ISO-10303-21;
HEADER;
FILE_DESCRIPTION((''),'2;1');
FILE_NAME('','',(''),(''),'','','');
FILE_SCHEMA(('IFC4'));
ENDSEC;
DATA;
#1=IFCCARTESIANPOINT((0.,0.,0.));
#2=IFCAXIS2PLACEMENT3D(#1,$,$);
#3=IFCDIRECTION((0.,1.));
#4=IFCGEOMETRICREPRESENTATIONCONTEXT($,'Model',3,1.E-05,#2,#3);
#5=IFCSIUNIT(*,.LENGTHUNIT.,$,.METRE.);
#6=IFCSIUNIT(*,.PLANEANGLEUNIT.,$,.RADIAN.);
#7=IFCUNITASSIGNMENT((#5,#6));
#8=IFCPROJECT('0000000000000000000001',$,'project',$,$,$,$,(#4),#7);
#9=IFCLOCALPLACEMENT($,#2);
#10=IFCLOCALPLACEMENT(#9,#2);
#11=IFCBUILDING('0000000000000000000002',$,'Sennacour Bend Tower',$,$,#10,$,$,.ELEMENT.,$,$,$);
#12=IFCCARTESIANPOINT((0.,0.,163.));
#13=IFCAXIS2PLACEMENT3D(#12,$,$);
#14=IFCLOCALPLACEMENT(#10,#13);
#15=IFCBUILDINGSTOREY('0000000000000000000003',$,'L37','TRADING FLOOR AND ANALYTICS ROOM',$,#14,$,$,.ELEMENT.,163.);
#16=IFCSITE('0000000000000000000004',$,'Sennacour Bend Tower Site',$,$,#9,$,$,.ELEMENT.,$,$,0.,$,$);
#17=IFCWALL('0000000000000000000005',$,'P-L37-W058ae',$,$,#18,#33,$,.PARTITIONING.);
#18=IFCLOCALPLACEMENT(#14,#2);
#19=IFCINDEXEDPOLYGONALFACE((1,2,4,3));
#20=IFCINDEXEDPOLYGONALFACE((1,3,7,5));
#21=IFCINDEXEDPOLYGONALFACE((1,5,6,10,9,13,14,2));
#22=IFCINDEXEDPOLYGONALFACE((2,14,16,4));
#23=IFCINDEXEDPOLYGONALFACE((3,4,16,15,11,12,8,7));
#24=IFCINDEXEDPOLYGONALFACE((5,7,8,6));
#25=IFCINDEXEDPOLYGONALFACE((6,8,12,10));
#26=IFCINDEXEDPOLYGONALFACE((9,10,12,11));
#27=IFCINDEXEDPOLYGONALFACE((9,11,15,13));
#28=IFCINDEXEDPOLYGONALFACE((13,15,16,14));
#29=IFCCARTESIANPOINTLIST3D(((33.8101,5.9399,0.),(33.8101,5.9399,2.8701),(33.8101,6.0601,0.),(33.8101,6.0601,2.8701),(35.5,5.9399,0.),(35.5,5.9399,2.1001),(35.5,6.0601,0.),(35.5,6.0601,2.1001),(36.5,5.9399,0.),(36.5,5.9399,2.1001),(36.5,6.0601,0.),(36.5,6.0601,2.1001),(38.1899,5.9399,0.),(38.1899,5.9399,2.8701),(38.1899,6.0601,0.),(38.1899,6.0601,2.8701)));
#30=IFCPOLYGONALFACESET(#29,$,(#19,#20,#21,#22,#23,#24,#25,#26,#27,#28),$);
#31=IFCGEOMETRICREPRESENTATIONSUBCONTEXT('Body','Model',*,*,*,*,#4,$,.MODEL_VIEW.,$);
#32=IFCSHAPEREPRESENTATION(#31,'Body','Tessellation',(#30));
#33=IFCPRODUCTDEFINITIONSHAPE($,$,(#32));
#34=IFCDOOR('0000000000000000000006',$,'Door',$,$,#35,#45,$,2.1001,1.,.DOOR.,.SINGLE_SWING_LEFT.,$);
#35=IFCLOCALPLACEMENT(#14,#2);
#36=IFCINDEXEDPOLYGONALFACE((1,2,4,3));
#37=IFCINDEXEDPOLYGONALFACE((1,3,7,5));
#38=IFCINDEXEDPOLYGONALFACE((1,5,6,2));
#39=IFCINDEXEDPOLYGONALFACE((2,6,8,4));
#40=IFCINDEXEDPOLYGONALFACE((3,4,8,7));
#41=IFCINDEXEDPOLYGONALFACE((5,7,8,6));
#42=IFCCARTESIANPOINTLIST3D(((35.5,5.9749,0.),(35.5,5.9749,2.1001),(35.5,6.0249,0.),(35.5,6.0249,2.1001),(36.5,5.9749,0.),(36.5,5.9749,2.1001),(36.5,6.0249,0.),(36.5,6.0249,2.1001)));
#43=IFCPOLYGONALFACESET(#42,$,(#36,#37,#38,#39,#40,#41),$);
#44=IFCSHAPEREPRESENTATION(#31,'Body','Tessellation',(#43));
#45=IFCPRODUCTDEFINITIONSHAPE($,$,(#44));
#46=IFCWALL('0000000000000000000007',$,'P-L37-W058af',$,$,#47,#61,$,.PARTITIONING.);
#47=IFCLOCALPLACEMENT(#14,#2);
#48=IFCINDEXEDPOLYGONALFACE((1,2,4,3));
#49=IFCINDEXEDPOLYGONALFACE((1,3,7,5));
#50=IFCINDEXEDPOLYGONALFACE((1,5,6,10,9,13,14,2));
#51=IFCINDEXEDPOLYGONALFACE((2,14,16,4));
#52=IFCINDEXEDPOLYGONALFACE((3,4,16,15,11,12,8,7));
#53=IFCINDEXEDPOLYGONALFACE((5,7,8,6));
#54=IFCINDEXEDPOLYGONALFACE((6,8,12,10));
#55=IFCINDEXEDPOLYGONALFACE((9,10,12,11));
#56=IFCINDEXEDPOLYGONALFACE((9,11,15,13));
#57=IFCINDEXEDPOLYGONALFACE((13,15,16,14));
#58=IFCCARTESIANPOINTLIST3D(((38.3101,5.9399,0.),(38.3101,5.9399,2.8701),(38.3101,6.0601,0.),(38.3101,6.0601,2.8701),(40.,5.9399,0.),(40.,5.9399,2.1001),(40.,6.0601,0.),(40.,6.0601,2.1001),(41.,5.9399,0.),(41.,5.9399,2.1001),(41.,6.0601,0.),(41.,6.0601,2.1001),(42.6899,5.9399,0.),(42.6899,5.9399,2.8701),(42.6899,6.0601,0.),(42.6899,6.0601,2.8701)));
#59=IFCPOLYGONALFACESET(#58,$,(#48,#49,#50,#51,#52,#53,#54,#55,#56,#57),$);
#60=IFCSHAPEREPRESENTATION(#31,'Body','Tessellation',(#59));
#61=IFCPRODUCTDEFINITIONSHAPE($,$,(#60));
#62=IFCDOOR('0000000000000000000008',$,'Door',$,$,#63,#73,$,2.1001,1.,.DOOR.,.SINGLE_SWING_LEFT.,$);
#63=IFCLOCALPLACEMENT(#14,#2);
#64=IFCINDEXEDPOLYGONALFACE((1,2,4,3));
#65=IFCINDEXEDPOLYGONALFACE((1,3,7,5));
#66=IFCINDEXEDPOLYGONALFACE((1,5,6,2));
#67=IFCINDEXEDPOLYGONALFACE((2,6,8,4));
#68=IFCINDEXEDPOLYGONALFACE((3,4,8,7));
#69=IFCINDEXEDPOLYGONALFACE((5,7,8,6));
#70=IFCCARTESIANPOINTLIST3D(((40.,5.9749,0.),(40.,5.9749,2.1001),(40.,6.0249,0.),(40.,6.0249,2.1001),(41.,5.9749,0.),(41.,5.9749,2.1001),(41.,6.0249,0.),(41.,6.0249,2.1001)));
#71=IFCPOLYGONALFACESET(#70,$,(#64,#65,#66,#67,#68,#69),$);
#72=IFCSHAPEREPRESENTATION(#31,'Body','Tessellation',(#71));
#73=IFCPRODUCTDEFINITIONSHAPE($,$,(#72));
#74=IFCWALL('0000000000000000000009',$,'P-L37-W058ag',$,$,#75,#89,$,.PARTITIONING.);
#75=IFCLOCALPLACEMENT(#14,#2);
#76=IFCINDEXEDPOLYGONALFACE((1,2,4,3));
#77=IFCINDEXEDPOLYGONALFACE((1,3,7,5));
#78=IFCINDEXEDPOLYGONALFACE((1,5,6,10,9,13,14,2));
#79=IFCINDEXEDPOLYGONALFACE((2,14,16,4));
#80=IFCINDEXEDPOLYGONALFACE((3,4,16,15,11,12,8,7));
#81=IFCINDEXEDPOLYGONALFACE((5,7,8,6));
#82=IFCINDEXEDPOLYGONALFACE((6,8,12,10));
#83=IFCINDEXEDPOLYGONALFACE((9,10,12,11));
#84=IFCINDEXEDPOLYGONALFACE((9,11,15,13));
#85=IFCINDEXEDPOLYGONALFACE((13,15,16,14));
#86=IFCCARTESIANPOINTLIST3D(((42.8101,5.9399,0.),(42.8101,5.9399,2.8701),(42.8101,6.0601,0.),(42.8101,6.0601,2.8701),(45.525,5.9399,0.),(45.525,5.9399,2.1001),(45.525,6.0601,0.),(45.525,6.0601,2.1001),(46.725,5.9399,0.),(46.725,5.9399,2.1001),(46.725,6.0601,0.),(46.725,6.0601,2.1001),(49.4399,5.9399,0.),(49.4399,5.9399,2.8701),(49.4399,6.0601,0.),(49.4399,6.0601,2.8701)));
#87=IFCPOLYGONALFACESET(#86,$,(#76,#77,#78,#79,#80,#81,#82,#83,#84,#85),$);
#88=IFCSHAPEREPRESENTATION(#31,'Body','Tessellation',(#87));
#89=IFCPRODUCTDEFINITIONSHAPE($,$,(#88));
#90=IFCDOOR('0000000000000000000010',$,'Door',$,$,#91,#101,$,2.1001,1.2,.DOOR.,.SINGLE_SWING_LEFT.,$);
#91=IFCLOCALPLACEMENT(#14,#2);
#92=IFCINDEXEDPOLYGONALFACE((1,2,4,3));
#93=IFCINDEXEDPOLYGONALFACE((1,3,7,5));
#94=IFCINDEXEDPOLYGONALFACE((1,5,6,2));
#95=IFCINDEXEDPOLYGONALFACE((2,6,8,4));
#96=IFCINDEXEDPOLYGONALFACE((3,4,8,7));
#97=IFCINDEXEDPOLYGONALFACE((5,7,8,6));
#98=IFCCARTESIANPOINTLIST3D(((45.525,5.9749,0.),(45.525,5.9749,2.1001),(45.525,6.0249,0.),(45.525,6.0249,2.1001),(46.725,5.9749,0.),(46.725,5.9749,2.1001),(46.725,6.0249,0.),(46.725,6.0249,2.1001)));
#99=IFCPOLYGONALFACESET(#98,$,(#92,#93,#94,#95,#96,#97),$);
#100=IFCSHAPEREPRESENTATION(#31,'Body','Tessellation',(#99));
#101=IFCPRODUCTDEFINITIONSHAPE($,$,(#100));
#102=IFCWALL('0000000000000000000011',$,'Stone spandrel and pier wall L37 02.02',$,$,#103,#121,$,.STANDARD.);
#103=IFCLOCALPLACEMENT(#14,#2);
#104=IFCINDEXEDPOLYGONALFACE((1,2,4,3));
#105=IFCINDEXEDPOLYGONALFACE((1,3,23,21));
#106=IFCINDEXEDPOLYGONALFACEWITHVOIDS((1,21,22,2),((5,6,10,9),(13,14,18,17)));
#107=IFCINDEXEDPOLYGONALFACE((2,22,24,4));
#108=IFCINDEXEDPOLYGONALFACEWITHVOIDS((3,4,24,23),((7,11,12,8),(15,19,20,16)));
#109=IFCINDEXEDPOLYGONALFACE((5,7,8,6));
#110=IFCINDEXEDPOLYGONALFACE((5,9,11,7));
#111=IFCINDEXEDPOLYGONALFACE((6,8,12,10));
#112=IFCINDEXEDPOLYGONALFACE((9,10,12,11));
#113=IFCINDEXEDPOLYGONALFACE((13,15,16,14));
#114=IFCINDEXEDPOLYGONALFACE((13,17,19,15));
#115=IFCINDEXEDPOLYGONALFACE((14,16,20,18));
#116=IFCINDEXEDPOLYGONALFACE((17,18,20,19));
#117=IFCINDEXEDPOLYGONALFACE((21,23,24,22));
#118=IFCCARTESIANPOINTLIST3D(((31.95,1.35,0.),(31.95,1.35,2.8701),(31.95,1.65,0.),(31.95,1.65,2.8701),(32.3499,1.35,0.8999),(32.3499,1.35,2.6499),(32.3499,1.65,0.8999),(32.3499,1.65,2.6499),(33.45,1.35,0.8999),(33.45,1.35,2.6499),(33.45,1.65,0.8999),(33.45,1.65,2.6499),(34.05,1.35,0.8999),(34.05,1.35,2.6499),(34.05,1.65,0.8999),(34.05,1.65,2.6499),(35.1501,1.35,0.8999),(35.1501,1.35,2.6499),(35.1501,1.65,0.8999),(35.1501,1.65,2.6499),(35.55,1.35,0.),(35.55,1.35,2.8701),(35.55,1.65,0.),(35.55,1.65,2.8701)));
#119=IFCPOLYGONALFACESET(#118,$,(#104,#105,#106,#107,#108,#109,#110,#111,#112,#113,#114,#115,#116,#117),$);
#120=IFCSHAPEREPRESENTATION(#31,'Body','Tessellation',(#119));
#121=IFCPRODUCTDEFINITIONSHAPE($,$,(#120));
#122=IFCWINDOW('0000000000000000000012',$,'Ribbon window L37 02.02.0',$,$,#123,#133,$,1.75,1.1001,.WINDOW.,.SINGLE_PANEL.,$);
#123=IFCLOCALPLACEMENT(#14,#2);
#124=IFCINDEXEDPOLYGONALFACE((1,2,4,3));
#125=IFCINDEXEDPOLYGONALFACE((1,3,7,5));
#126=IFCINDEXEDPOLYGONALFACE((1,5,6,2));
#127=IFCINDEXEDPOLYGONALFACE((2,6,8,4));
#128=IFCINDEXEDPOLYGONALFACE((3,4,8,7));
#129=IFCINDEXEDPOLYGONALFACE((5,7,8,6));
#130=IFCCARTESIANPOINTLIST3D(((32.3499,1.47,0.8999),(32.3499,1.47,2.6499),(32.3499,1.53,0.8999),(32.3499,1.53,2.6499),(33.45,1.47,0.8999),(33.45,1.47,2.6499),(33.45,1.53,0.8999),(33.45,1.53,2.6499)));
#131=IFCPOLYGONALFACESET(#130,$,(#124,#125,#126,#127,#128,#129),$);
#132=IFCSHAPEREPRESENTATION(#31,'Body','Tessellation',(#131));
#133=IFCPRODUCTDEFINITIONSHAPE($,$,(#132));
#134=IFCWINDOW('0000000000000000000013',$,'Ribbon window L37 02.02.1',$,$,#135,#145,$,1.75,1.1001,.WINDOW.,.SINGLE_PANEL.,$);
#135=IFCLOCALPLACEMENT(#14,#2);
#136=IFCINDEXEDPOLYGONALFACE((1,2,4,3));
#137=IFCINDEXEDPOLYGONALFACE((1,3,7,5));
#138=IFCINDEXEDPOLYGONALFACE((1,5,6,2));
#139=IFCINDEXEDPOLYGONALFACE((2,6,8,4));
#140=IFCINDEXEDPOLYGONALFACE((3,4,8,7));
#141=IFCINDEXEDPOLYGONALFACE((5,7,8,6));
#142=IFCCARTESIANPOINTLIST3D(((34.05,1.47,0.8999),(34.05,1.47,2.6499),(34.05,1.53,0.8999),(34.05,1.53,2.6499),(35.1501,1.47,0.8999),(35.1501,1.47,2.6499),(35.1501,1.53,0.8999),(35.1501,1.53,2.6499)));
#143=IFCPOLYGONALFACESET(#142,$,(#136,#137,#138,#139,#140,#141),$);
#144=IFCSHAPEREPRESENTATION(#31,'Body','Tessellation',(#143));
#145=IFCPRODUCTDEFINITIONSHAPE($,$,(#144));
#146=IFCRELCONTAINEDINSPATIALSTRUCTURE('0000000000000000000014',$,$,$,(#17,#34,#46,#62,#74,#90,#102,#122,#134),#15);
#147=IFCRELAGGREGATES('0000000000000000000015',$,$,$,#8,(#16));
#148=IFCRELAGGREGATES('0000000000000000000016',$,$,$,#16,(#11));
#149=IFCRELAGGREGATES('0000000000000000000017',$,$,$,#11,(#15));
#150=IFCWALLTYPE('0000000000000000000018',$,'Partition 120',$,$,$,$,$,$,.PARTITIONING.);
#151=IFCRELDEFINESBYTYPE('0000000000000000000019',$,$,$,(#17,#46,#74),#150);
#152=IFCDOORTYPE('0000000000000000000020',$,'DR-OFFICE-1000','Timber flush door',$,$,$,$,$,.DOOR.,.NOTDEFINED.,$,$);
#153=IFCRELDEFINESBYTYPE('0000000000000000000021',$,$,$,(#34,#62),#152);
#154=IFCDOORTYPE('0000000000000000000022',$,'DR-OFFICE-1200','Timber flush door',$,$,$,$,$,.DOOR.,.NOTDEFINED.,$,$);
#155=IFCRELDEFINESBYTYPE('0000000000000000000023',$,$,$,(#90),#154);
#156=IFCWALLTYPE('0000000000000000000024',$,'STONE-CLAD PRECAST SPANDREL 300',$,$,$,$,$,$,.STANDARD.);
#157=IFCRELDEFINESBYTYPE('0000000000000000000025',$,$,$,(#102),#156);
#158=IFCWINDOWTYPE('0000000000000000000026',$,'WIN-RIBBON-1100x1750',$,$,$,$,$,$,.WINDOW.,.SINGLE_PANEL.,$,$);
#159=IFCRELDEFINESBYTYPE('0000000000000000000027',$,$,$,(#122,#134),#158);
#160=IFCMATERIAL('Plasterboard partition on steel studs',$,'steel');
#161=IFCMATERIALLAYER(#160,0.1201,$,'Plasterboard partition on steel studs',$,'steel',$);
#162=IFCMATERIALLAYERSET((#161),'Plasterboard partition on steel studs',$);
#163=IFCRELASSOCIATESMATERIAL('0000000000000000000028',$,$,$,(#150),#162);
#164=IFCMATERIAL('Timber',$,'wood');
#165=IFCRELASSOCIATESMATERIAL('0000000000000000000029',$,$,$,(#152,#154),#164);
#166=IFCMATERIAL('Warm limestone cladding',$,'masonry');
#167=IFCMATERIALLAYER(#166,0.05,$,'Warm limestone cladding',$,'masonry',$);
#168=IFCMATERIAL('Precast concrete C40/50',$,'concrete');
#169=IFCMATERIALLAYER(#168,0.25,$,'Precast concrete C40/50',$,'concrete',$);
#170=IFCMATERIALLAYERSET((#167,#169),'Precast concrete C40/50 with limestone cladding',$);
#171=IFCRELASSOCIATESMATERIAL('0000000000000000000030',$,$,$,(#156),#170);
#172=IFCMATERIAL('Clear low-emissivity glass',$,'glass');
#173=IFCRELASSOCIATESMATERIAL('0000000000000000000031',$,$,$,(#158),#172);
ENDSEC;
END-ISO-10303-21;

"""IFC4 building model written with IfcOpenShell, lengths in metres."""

from ifc_helpers import new_model, si_unit, direction, frame, frame_2d, origin, place, context, subcontext, project, spatial, rectangle, extrude, material, layer, layer_set, type_object, element, fill, save


model = new_model("IFC4")

# Units and contexts
model_context = context("Model", 3, precision=1e-05, world=origin(), true_north=direction((0.0, 1.0)))
body_context = subcontext(model_context, "Body", "Model", "MODEL_VIEW")
ifc_project = project(units=[si_unit("LENGTHUNIT", "METRE"), si_unit("PLANEANGLEUNIT", "RADIAN")], contexts=[model_context])

# Site, building, storey
site_placement = place(None, origin())
site = spatial("IfcSite", under=ifc_project, at=site_placement, Name="Sennacour Bend Tower Site", CompositionType="ELEMENT", RefElevation=0.0)
building_placement = place(site_placement, origin())
building = spatial("IfcBuilding", under=site, at=building_placement, Name="Sennacour Bend Tower", CompositionType="ELEMENT")
storey_placement = place(building_placement, frame((0.0, 0.0, 163.0)))
storey = spatial("IfcBuildingStorey", under=building, at=storey_placement, Name="L37", Description="TRADING FLOOR AND ANALYTICS ROOM", CompositionType="ELEMENT", Elevation=163.0)

# Shared definitions
ifc_material_1 = material(Name="Plasterboard partition on steel studs", Category="steel")
ifc_layer_1 = layer(ifc_material_1, 0.1201, Name="Plasterboard partition on steel studs", Category="steel")
ifc_layer_set_1 = layer_set([ifc_layer_1], Name="Plasterboard partition on steel studs")
wall_type_1 = type_object("IfcWallType", Name="Partition 120", PredefinedType="PARTITIONING", material=ifc_layer_set_1)

# Walls, openings, doors
wall_1_placement = place(storey_placement, frame((33.8101, 6.0, 0.0), z_axis=(0.0, 0.0, 1.0), x_axis=(1.0, 0.0, 0.0)))
wall_1 = element("IfcWall", 1, at=wall_1_placement, inside=storey, type_object=wall_type_1, Name="P-L37-W058ae", PredefinedType="PARTITIONING", context=body_context, shape_type="SweptSolid", body=[
    extrude(rectangle(XDim=4.3799, YDim=0.1201, at=frame_2d((2.1899, 0.0))), origin(), (0.0, 0.0, 1.0), 2.8701),
])
opening_1_placement = place(wall_1_placement, frame((1.6899, 0.0, 0.0)))
opening_1 = element("IfcOpeningElement", 2, at=opening_1_placement, cuts=wall_1, PredefinedType="OPENING", context=body_context, shape_type="SweptSolid", body=[
    extrude(rectangle(XDim=1.0, YDim=2.1001, at=frame_2d((0.5, 1.05))), frame((0.0, 0.0701, 0.0), z_axis=(0.0, -1.0, 0.0), x_axis=(1.0, 0.0, 0.0)), (0.0, 0.0, 1.0), 0.1401),
])
ifc_material_2 = material(Name="Timber", Category="wood")
door_type_1 = type_object("IfcDoorType", Name="DR-OFFICE-1000", Description="Timber flush door", OperationType="NOTDEFINED", PredefinedType="DOOR", material=ifc_material_2)
door_1_placement = place(opening_1_placement, origin())
door_1 = element("IfcDoor", 3, at=door_1_placement, inside=storey, type_object=door_type_1, Name="Door", OperationType="SINGLE_SWING_LEFT", OverallHeight=2.1001, OverallWidth=1.0, PredefinedType="DOOR", context=body_context, shape_type="SweptSolid", body=[
    extrude(rectangle(XDim=1.0, YDim=2.1001, at=frame_2d((0.5, 1.05))), frame((0.0, 0.0249, 0.0), z_axis=(0.0, -1.0, 0.0), x_axis=(1.0, 0.0, 0.0)), (0.0, 0.0, 1.0), 0.05),
])
fill(opening_1, door_1)
wall_2_placement = place(storey_placement, frame((38.3101, 6.0, 0.0), z_axis=(0.0, 0.0, 1.0), x_axis=(1.0, 0.0, 0.0)))
wall_2 = element("IfcWall", 4, at=wall_2_placement, inside=storey, type_object=wall_type_1, Name="P-L37-W058af", PredefinedType="PARTITIONING", context=body_context, shape_type="SweptSolid", body=[
    extrude(rectangle(XDim=4.3799, YDim=0.1201, at=frame_2d((2.1899, 0.0))), origin(), (0.0, 0.0, 1.0), 2.8701),
])
opening_2_placement = place(wall_2_placement, frame((1.6899, 0.0, 0.0)))
opening_2 = element("IfcOpeningElement", 5, at=opening_2_placement, cuts=wall_2, PredefinedType="OPENING", context=body_context, shape_type="SweptSolid", body=[
    extrude(rectangle(XDim=1.0, YDim=2.1001, at=frame_2d((0.5, 1.05))), frame((0.0, 0.0701, 0.0), z_axis=(0.0, -1.0, 0.0), x_axis=(1.0, 0.0, 0.0)), (0.0, 0.0, 1.0), 0.1401),
])
door_2_placement = place(opening_2_placement, origin())
door_2 = element("IfcDoor", 6, at=door_2_placement, inside=storey, type_object=door_type_1, Name="Door", OperationType="SINGLE_SWING_LEFT", OverallHeight=2.1001, OverallWidth=1.0, PredefinedType="DOOR", context=body_context, shape_type="SweptSolid", body=[
    extrude(rectangle(XDim=1.0, YDim=2.1001, at=frame_2d((0.5, 1.05))), frame((0.0, 0.0249, 0.0), z_axis=(0.0, -1.0, 0.0), x_axis=(1.0, 0.0, 0.0)), (0.0, 0.0, 1.0), 0.05),
])
fill(opening_2, door_2)
wall_3_placement = place(storey_placement, frame((42.8101, 6.0, 0.0), z_axis=(0.0, 0.0, 1.0), x_axis=(1.0, 0.0, 0.0)))
wall_3 = element("IfcWall", 7, at=wall_3_placement, inside=storey, type_object=wall_type_1, Name="P-L37-W058ag", PredefinedType="PARTITIONING", context=body_context, shape_type="SweptSolid", body=[
    extrude(rectangle(XDim=6.6299, YDim=0.1201, at=frame_2d((3.3149, 0.0))), origin(), (0.0, 0.0, 1.0), 2.8701),
])
opening_3_placement = place(wall_3_placement, frame((2.7148, 0.0, 0.0)))
opening_3 = element("IfcOpeningElement", 8, at=opening_3_placement, cuts=wall_3, PredefinedType="OPENING", context=body_context, shape_type="SweptSolid", body=[
    extrude(rectangle(XDim=1.2, YDim=2.1001, at=frame_2d((0.6001, 1.05))), frame((0.0, 0.0701, 0.0), z_axis=(0.0, -1.0, 0.0), x_axis=(1.0, 0.0, 0.0)), (0.0, 0.0, 1.0), 0.1401),
])
door_type_2 = type_object("IfcDoorType", Name="DR-OFFICE-1200", Description="Timber flush door", OperationType="NOTDEFINED", PredefinedType="DOOR", material=ifc_material_2)
door_3_placement = place(opening_3_placement, origin())
door_3 = element("IfcDoor", 9, at=door_3_placement, inside=storey, type_object=door_type_2, Name="Door", OperationType="SINGLE_SWING_LEFT", OverallHeight=2.1001, OverallWidth=1.2, PredefinedType="DOOR", context=body_context, shape_type="SweptSolid", body=[
    extrude(rectangle(XDim=1.2, YDim=2.1001, at=frame_2d((0.6001, 1.05))), frame((0.0, 0.0249, 0.0), z_axis=(0.0, -1.0, 0.0), x_axis=(1.0, 0.0, 0.0)), (0.0, 0.0, 1.0), 0.05),
])
fill(opening_3, door_3)

# Wall, openings, windows
ifc_material_3 = material(Name="Warm limestone cladding", Category="masonry")
ifc_layer_2 = layer(ifc_material_3, 0.05, Name="Warm limestone cladding", Category="masonry")
ifc_material_4 = material(Name="Precast concrete C40/50", Category="concrete")
ifc_layer_3 = layer(ifc_material_4, 0.25, Name="Precast concrete C40/50", Category="concrete")
ifc_layer_set_2 = layer_set([ifc_layer_2, ifc_layer_3], Name="Precast concrete C40/50 with limestone cladding")
wall_type_2 = type_object("IfcWallType", Name="STONE-CLAD PRECAST SPANDREL 300", PredefinedType="STANDARD", material=ifc_layer_set_2)
wall_4_placement = place(storey_placement, frame((31.95, 1.5, 0.0), z_axis=(0.0, 0.0, 1.0), x_axis=(1.0, 0.0, 0.0)))
wall_4 = element("IfcWall", 10, at=wall_4_placement, inside=storey, type_object=wall_type_2, Name="Stone spandrel and pier wall L37 02.02", PredefinedType="STANDARD", context=body_context, shape_type="SweptSolid", body=[
    extrude(rectangle(XDim=3.6001, YDim=0.3, at=frame_2d((1.8, 0.0))), origin(), (0.0, 0.0, 1.0), 2.8701),
])
opening_4_placement = place(wall_4_placement, frame((0.3999, 0.0, 0.8999)))
opening_4 = element("IfcOpeningElement", 11, at=opening_4_placement, cuts=wall_4, PredefinedType="OPENING", context=body_context, shape_type="SweptSolid", body=[
    extrude(rectangle(XDim=1.1001, YDim=1.75, at=frame_2d((0.55, 0.875))), frame((0.0, 0.1602, 0.0), z_axis=(0.0, -1.0, 0.0), x_axis=(1.0, 0.0, 0.0)), (0.0, 0.0, 1.0), 0.3201),
])
opening_5_placement = place(wall_4_placement, frame((2.1001, 0.0, 0.8999)))
opening_5 = element("IfcOpeningElement", 12, at=opening_5_placement, cuts=wall_4, PredefinedType="OPENING", context=body_context, shape_type="SweptSolid", body=[
    extrude(rectangle(XDim=1.1001, YDim=1.75, at=frame_2d((0.55, 0.875))), frame((0.0, 0.1602, 0.0), z_axis=(0.0, -1.0, 0.0), x_axis=(1.0, 0.0, 0.0)), (0.0, 0.0, 1.0), 0.3201),
])
ifc_material_5 = material(Name="Clear low-emissivity glass", Category="glass")
window_type = type_object("IfcWindowType", Name="WIN-RIBBON-1100x1750", PartitioningType="SINGLE_PANEL", PredefinedType="WINDOW", material=ifc_material_5)
window_1_placement = place(opening_4_placement, origin())
window_1 = element("IfcWindow", 13, at=window_1_placement, inside=storey, type_object=window_type, Name="Ribbon window L37 02.02.0", OverallHeight=1.75, OverallWidth=1.1001, PartitioningType="SINGLE_PANEL", PredefinedType="WINDOW", context=body_context, shape_type="SweptSolid", body=[
    extrude(rectangle(XDim=1.1001, YDim=1.75, at=frame_2d((0.55, 0.875))), frame((0.0, 0.03, 0.0), z_axis=(0.0, -1.0, 0.0), x_axis=(1.0, 0.0, 0.0)), (0.0, 0.0, 1.0), 0.0601),
])
fill(opening_4, window_1)
window_2_placement = place(opening_5_placement, origin())
window_2 = element("IfcWindow", 14, at=window_2_placement, inside=storey, type_object=window_type, Name="Ribbon window L37 02.02.1", OverallHeight=1.75, OverallWidth=1.1001, PartitioningType="SINGLE_PANEL", PredefinedType="WINDOW", context=body_context, shape_type="SweptSolid", body=[
    extrude(rectangle(XDim=1.1001, YDim=1.75, at=frame_2d((0.55, 0.875))), frame((0.0, 0.03, 0.0), z_axis=(0.0, -1.0, 0.0), x_axis=(1.0, 0.0, 0.0)), (0.0, 0.0, 1.0), 0.0601),
])
fill(opening_5, window_2)

save(model, "model.ifc")
